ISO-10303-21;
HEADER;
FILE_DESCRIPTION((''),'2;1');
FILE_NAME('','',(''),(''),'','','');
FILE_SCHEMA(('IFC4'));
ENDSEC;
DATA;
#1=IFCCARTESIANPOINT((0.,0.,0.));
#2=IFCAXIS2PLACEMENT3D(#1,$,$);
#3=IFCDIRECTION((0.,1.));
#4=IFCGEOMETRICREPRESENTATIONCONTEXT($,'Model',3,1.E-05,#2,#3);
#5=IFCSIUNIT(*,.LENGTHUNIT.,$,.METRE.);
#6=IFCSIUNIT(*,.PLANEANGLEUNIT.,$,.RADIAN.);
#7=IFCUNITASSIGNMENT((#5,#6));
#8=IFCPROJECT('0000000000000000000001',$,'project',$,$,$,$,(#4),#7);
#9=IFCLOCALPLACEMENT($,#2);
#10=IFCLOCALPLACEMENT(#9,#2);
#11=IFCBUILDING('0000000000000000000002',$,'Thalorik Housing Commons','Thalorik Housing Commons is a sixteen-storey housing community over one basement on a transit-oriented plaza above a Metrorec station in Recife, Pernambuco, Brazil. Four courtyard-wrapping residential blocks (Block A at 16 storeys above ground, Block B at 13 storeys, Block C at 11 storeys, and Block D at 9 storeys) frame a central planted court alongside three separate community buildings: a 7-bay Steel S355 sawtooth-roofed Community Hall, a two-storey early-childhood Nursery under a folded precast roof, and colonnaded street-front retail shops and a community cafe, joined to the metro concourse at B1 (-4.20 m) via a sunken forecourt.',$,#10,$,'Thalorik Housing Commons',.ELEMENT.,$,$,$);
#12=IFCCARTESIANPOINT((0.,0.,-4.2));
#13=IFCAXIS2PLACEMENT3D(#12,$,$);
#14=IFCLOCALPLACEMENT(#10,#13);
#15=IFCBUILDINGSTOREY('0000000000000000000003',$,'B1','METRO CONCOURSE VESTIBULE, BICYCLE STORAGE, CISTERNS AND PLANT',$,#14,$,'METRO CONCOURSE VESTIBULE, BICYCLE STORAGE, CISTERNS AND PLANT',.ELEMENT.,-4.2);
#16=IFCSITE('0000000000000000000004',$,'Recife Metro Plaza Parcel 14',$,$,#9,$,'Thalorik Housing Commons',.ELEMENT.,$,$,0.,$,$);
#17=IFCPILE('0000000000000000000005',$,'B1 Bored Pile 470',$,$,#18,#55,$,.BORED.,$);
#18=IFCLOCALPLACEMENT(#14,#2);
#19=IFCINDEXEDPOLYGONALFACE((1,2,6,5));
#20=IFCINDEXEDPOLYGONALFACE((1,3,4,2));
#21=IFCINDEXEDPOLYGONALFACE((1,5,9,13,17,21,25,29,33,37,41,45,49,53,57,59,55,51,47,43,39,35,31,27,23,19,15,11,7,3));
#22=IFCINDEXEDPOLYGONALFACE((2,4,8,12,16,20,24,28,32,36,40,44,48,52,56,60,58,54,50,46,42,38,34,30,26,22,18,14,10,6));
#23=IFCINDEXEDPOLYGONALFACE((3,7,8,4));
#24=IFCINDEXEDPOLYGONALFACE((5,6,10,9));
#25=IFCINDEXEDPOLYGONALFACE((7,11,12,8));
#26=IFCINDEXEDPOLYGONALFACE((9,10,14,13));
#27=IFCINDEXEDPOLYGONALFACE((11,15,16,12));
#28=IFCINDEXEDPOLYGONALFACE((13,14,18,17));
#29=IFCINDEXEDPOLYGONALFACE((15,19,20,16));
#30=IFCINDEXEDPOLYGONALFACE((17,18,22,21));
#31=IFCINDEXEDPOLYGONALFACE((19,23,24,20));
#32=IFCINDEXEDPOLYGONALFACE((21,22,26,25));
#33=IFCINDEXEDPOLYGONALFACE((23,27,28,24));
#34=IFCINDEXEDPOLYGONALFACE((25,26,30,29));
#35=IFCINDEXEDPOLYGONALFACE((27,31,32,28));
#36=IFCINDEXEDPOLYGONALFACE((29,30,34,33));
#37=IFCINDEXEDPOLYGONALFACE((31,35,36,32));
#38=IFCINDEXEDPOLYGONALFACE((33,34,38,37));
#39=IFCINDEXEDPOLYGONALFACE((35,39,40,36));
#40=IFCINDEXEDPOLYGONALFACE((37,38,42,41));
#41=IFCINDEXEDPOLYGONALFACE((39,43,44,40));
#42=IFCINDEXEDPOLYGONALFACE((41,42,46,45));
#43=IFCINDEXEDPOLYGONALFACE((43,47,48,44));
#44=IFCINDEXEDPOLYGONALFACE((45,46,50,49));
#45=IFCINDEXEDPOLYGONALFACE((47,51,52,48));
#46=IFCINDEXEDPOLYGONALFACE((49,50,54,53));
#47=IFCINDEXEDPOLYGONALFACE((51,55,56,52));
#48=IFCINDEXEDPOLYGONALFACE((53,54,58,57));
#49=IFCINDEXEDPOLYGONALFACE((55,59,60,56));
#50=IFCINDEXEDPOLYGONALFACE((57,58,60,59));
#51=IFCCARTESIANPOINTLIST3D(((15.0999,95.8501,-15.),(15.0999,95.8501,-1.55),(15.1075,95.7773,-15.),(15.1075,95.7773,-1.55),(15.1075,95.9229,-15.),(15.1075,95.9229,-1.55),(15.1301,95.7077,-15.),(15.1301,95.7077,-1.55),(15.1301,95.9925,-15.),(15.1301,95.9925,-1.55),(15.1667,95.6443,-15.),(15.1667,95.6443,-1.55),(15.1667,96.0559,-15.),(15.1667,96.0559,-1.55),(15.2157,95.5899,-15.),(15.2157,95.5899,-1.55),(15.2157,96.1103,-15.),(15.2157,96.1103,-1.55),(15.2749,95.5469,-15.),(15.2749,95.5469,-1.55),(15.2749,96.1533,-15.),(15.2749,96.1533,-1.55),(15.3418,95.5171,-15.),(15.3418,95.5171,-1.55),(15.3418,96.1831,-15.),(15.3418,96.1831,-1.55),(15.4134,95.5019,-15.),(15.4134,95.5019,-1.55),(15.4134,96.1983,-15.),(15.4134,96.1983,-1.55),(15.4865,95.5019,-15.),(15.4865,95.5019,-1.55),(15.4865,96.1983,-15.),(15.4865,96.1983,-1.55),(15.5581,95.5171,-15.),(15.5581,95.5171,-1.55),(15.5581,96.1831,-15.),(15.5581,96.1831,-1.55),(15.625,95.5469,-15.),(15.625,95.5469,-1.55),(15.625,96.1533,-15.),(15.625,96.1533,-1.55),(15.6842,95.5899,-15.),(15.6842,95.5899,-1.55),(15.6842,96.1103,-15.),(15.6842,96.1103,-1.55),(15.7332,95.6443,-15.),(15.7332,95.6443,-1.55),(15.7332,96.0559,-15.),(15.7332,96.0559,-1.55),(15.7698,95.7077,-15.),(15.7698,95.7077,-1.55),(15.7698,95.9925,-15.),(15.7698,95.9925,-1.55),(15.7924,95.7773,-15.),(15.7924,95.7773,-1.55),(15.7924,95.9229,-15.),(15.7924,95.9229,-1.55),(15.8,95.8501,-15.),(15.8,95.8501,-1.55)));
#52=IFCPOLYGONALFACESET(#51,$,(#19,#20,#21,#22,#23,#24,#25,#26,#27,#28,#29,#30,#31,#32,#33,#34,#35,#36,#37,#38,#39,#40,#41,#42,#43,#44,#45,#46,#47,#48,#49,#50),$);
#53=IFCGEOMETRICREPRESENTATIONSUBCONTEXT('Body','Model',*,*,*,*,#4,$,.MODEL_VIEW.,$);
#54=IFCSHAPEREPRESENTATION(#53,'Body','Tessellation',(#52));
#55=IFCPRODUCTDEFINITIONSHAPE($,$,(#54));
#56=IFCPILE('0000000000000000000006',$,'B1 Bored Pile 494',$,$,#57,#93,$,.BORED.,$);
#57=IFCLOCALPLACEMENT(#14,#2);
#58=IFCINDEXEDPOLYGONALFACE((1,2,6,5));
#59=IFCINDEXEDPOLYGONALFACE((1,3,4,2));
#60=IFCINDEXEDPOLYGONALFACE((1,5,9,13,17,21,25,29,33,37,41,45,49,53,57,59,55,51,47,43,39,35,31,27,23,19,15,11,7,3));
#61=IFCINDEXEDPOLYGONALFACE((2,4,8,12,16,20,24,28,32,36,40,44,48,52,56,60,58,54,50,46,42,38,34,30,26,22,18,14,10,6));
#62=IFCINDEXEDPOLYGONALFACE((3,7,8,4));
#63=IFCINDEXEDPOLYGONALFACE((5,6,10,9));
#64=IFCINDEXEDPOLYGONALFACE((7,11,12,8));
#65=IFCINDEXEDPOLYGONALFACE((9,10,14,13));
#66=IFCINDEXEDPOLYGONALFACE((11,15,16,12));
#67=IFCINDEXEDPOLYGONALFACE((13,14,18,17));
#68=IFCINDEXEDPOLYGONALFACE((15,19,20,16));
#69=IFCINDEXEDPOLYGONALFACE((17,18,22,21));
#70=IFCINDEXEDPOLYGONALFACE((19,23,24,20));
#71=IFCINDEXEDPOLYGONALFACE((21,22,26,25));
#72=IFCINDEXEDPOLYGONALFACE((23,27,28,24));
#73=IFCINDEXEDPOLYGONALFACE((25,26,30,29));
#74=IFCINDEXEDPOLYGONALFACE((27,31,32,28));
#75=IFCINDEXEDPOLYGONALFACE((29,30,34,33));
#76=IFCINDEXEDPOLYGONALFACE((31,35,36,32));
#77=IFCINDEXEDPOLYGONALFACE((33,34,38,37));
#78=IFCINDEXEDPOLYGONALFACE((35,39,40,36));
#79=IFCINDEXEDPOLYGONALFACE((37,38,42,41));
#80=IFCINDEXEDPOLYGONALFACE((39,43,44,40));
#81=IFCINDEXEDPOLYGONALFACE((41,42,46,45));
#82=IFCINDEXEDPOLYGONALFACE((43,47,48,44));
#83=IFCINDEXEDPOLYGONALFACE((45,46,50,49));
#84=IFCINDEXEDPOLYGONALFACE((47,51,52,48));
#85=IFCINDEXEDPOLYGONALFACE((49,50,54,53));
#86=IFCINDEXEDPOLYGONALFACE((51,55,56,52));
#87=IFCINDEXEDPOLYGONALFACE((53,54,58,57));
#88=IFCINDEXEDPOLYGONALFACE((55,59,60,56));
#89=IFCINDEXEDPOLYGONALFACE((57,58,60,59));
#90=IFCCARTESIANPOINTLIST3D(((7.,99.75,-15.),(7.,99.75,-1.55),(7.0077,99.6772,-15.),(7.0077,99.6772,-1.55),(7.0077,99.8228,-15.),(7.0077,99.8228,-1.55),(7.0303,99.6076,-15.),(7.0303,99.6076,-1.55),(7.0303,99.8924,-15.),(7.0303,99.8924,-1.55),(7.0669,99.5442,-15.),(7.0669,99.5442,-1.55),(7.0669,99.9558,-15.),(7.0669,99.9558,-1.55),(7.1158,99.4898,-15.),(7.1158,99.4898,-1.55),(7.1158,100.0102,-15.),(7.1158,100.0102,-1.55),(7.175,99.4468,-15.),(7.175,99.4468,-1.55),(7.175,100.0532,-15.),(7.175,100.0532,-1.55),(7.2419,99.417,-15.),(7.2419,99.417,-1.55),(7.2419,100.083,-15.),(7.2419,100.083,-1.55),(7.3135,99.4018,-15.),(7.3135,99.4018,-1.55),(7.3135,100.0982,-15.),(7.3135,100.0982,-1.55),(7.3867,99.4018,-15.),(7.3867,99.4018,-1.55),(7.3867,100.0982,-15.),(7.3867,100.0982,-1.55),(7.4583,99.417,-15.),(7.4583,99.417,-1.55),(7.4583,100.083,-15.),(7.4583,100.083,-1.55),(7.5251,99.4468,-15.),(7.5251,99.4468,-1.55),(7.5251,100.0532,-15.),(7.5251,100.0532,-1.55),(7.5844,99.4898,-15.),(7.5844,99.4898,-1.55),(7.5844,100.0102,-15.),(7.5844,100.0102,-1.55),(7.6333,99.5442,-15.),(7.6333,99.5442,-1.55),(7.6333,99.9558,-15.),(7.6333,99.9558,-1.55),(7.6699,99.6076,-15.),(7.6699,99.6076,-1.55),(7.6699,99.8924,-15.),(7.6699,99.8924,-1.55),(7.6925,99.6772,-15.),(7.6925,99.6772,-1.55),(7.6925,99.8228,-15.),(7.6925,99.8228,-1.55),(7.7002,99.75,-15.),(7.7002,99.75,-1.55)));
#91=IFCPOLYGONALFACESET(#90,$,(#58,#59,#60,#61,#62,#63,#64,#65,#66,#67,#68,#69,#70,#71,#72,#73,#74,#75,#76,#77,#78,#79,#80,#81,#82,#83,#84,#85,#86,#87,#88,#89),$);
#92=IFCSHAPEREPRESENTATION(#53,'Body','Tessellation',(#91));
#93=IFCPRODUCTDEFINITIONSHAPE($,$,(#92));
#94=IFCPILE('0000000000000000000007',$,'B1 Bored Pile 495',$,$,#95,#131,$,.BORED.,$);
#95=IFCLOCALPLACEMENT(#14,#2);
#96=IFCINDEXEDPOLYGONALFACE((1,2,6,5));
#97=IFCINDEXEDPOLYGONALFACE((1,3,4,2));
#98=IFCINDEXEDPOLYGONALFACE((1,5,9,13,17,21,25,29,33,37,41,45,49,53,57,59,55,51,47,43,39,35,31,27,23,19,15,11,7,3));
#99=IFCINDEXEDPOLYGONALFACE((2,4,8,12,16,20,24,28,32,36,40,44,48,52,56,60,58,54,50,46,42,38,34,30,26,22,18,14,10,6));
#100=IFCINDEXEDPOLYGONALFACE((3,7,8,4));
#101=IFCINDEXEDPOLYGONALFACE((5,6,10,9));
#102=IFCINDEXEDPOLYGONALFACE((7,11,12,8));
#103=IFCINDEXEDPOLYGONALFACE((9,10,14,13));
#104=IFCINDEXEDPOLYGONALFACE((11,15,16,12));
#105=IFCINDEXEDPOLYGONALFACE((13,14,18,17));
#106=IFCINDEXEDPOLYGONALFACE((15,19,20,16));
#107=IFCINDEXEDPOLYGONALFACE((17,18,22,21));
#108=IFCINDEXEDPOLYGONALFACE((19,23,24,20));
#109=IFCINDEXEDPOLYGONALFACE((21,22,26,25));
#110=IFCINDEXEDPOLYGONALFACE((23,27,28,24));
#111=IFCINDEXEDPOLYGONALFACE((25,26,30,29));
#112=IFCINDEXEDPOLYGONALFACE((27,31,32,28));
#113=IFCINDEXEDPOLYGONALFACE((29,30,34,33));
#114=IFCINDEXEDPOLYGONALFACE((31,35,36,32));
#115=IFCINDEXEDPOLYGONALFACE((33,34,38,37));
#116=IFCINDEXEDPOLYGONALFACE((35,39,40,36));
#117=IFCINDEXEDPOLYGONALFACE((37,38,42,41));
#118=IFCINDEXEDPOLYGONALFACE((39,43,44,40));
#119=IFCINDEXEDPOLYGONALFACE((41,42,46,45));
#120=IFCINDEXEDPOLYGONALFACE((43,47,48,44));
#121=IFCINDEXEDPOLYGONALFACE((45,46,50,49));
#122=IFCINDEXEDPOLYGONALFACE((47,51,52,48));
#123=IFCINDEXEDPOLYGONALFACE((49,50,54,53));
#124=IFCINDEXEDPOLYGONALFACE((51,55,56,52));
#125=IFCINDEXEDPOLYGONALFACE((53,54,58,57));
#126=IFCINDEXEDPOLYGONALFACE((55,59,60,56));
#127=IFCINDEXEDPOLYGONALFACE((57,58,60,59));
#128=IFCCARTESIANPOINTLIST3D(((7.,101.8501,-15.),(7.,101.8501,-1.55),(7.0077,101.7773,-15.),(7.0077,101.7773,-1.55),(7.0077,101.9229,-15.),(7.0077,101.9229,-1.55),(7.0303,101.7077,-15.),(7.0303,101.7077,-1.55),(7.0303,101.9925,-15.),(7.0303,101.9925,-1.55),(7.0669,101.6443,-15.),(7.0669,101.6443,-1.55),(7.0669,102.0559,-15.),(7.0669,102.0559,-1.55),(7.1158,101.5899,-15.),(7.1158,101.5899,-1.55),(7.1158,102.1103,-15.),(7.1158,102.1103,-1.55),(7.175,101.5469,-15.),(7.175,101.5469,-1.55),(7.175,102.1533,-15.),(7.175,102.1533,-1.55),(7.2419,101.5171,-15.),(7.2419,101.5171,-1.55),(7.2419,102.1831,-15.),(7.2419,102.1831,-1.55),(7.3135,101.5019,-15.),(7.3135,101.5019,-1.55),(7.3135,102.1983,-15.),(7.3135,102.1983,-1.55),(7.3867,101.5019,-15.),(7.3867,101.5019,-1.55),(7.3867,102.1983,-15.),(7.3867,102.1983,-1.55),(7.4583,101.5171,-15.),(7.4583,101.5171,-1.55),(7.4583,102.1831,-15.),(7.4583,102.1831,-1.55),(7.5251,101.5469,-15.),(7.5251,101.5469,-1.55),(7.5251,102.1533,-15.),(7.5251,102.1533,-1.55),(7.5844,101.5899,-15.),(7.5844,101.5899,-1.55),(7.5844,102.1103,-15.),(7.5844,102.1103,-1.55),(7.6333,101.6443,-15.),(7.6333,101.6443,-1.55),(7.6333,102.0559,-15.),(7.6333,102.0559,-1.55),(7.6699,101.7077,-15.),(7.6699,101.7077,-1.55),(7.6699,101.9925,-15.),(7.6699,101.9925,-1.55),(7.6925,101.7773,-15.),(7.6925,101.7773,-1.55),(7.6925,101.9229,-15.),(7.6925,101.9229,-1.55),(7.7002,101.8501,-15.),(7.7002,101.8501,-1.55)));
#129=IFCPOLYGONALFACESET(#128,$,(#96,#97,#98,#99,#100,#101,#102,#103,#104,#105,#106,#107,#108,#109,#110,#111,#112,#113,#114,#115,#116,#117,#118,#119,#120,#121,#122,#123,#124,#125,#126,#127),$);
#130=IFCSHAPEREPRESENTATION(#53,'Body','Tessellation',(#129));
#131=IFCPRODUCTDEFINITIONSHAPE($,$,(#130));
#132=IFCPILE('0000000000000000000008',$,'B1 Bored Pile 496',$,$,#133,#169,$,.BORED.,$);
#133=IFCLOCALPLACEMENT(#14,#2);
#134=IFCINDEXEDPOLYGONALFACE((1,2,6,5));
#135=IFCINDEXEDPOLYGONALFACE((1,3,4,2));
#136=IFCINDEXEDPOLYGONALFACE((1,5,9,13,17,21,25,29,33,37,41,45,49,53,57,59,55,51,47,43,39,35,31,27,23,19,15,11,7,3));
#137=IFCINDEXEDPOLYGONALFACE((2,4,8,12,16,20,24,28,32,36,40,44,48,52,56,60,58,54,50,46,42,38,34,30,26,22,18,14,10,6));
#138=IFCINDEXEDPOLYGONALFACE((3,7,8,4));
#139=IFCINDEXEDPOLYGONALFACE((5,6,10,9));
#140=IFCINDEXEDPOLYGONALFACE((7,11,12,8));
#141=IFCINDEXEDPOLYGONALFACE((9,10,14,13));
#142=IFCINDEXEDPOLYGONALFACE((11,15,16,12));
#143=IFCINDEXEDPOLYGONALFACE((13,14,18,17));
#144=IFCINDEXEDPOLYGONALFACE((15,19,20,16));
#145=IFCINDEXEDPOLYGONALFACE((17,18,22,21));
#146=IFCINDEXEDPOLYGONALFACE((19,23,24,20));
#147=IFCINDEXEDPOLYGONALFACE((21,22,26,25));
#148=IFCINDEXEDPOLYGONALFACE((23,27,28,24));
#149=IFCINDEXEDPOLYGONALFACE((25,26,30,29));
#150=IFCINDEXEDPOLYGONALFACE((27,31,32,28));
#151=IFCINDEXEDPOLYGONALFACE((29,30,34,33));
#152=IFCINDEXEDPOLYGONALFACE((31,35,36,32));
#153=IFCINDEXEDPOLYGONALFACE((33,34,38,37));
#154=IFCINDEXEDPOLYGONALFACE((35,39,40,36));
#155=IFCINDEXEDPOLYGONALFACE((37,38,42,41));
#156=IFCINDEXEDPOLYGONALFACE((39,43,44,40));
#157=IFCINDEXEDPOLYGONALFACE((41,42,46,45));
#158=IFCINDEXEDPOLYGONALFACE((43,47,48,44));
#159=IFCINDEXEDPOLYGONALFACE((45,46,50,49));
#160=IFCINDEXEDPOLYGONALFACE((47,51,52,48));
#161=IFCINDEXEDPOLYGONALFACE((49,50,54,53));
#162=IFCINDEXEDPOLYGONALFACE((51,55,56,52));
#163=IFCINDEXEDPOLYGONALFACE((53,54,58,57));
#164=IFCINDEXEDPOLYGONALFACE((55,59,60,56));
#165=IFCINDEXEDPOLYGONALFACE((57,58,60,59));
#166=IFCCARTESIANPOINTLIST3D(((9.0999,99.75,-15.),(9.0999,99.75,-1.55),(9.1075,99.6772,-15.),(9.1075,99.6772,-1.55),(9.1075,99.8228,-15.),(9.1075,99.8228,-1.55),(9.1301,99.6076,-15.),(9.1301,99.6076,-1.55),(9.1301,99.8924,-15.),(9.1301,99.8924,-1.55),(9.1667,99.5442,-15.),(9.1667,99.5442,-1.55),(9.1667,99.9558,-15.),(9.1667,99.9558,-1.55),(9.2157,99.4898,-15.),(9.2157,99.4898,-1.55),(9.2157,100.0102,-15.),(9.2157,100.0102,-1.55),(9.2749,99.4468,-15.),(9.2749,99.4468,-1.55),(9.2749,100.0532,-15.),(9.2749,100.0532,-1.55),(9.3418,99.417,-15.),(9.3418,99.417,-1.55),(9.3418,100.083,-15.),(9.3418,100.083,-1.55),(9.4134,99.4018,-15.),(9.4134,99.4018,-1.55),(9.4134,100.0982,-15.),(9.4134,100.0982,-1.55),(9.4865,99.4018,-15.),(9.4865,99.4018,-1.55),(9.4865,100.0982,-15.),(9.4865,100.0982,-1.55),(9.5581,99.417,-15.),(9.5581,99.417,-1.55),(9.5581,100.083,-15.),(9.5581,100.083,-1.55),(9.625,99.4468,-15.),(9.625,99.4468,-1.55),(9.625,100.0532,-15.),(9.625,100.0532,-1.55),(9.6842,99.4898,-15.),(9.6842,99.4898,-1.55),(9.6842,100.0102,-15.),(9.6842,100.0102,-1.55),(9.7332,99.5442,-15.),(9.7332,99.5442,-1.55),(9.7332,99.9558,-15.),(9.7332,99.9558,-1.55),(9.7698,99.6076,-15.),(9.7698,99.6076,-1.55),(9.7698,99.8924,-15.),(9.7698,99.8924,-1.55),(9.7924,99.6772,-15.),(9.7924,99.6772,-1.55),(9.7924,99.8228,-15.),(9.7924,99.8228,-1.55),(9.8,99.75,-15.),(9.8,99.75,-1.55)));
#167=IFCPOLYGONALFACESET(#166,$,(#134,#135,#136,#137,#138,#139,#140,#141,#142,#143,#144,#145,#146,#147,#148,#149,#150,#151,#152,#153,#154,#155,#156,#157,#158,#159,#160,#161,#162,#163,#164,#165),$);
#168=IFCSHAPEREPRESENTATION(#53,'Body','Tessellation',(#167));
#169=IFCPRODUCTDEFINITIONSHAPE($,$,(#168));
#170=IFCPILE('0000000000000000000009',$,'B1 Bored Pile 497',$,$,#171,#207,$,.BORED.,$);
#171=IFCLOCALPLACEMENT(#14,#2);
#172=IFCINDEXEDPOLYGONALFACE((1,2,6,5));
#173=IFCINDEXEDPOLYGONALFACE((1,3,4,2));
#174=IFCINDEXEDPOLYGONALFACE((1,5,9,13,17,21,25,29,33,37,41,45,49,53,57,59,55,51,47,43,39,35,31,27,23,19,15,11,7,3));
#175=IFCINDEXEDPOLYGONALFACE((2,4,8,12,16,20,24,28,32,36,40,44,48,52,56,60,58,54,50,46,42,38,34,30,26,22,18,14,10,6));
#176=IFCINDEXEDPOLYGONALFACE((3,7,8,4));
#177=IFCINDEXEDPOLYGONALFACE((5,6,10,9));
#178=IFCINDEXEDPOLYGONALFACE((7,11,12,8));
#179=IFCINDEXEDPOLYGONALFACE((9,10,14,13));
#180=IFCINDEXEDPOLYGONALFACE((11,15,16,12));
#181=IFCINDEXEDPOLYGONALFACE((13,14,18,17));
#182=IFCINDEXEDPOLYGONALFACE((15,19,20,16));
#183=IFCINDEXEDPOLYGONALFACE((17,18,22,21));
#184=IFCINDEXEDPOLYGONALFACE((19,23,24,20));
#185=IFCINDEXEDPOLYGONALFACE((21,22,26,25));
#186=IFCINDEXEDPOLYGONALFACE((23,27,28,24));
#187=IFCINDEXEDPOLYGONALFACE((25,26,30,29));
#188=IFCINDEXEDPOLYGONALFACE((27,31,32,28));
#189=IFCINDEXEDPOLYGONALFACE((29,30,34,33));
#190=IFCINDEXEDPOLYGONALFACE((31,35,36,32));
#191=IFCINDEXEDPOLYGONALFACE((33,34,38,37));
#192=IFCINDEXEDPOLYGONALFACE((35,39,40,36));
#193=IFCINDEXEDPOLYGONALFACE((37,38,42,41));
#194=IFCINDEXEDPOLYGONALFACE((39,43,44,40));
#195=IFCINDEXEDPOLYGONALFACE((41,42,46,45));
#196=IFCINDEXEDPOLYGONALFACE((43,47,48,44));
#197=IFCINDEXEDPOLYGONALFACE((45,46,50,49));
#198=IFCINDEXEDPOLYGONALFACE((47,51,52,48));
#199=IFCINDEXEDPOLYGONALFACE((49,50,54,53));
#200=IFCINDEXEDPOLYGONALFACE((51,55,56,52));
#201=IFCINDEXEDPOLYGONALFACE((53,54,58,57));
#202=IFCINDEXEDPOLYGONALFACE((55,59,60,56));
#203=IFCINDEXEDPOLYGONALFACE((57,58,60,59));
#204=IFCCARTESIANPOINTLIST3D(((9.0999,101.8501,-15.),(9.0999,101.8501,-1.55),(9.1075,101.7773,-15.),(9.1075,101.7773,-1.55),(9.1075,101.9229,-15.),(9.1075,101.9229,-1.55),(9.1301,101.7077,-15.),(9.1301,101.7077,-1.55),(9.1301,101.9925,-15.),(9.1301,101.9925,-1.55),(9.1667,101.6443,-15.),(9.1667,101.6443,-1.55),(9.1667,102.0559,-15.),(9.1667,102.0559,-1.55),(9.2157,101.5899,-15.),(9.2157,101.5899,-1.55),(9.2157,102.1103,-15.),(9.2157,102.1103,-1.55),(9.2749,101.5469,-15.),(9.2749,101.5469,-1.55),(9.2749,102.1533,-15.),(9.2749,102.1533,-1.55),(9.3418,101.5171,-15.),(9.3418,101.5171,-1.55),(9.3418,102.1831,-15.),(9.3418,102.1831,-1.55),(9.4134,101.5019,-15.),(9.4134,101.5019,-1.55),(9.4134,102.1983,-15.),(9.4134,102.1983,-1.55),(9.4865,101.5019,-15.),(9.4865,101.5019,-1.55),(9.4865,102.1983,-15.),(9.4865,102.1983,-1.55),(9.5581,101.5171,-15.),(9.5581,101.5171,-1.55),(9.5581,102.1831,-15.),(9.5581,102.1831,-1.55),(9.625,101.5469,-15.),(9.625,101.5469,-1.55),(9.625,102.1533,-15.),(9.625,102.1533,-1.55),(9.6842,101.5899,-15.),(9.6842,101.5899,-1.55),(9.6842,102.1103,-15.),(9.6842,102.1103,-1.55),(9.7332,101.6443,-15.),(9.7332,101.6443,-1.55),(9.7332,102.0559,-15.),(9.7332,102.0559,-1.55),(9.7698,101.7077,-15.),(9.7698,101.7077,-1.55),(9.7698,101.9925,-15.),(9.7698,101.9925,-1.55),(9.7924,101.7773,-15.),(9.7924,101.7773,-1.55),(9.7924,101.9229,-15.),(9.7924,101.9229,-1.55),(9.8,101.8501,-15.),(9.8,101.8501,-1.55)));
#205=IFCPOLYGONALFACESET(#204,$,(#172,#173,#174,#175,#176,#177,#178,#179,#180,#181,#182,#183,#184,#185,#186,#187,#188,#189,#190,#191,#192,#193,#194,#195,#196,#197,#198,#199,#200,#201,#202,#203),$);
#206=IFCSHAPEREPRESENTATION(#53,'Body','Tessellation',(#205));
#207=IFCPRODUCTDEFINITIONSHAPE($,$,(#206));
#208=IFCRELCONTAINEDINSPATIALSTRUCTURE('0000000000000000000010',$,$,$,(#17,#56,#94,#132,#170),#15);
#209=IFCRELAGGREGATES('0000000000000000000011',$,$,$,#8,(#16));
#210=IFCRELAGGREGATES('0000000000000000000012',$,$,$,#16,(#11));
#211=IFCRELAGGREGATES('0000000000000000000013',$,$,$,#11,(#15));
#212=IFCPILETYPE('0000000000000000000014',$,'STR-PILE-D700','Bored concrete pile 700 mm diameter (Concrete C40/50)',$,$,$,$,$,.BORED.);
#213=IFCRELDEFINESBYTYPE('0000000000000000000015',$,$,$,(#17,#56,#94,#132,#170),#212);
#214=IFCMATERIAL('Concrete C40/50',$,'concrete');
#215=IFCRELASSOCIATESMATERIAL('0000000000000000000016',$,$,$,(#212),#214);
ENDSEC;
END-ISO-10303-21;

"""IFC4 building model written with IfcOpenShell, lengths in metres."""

from ifc_helpers import new_model, si_unit, direction, frame, origin, origin_2d, place, context, subcontext, project, spatial, circle, extrude, material, material_profile, profile_set, type_object, element, save


model = new_model("IFC4")

# Units and contexts
model_context = context("Model", 3, precision=1e-05, world=origin(), true_north=direction((0.0, 1.0)))
body_context = subcontext(model_context, "Body", "Model", "MODEL_VIEW")
ifc_project = project(units=[si_unit("LENGTHUNIT", "METRE"), si_unit("PLANEANGLEUNIT", "RADIAN")], contexts=[model_context])

# Site, building, storey
site_placement = place(None, origin())
site = spatial("IfcSite", under=ifc_project, at=site_placement, Name="Recife Metro Plaza Parcel 14", LongName="Thalorik Housing Commons", CompositionType="ELEMENT", RefElevation=0.0)
building_placement = place(site_placement, origin())
building = spatial("IfcBuilding", under=site, at=building_placement, Name="Thalorik Housing Commons", Description="Thalorik Housing Commons is a sixteen-storey housing community over one basement on a transit-oriented plaza above a Metrorec station in Recife, Pernambuco, Brazil. Four courtyard-wrapping residential blocks (Block A at 16 storeys above ground, Block B at 13 storeys, Block C at 11 storeys, and Block D at 9 storeys) frame a central planted court alongside three separate community buildings: a 7-bay Steel S355 sawtooth-roofed Community Hall, a two-storey early-childhood Nursery under a folded precast roof, and colonnaded street-front retail shops and a community cafe, joined to the metro concourse at B1 (-4.20 m) via a sunken forecourt.", LongName="Thalorik Housing Commons", CompositionType="ELEMENT")
storey_placement = place(building_placement, frame((0.0, 0.0, -4.2)))
storey = spatial("IfcBuildingStorey", under=building, at=storey_placement, Name="B1", Description="METRO CONCOURSE VESTIBULE, BICYCLE STORAGE, CISTERNS AND PLANT", LongName="METRO CONCOURSE VESTIBULE, BICYCLE STORAGE, CISTERNS AND PLANT", CompositionType="ELEMENT", Elevation=-4.2)

# Shared definitions
ifc_material_1 = material(Name="Concrete C40/50", Category="concrete")

# Piles
ifc_material_profile_1 = material_profile(ifc_material_1, circle(Radius=0.3501, at=origin_2d()), Name="BORED PILE D700", Category="concrete")
ifc_profile_set_1 = profile_set([ifc_material_profile_1], Name="Concrete C40/50")
pile_type = type_object("IfcPileType", Name="STR-PILE-D700", Description="Bored concrete pile 700 mm diameter (Concrete C40/50)", PredefinedType="BORED", material=ifc_profile_set_1)
for number, where, z_axis, x_axis, name in (
    (1, (15.45, 95.8501, -1.55), (0.0, 0.0, -1.0), (1.0, 0.0, 0.0), "B1 Bored Pile 470"),
    (2, (7.3501, 99.75, -1.55), (0.0, 0.0, -1.0), (1.0, 0.0, 0.0), "B1 Bored Pile 494"),
    (3, (7.3501, 101.8501, -1.55), (0.0, 0.0, -1.0), (1.0, 0.0, 0.0), "B1 Bored Pile 495"),
    (4, (9.45, 99.75, -1.55), (0.0, 0.0, -1.0), (1.0, 0.0, 0.0), "B1 Bored Pile 496"),
    (5, (9.45, 101.8501, -1.55), (0.0, 0.0, -1.0), (1.0, 0.0, 0.0), "B1 Bored Pile 497"),
):
    element("IfcPile", number, at=place(storey_placement, frame(where, z_axis=z_axis, x_axis=x_axis)), inside=storey, type_object=pile_type, Name=name, PredefinedType="BORED", context=body_context, shape_type="SweptSolid", body=[
        extrude(circle(Radius=0.3501, at=origin_2d()), origin(), (0.0, 0.0, 1.0), 13.45),
    ])

save(model, "model.ifc")
